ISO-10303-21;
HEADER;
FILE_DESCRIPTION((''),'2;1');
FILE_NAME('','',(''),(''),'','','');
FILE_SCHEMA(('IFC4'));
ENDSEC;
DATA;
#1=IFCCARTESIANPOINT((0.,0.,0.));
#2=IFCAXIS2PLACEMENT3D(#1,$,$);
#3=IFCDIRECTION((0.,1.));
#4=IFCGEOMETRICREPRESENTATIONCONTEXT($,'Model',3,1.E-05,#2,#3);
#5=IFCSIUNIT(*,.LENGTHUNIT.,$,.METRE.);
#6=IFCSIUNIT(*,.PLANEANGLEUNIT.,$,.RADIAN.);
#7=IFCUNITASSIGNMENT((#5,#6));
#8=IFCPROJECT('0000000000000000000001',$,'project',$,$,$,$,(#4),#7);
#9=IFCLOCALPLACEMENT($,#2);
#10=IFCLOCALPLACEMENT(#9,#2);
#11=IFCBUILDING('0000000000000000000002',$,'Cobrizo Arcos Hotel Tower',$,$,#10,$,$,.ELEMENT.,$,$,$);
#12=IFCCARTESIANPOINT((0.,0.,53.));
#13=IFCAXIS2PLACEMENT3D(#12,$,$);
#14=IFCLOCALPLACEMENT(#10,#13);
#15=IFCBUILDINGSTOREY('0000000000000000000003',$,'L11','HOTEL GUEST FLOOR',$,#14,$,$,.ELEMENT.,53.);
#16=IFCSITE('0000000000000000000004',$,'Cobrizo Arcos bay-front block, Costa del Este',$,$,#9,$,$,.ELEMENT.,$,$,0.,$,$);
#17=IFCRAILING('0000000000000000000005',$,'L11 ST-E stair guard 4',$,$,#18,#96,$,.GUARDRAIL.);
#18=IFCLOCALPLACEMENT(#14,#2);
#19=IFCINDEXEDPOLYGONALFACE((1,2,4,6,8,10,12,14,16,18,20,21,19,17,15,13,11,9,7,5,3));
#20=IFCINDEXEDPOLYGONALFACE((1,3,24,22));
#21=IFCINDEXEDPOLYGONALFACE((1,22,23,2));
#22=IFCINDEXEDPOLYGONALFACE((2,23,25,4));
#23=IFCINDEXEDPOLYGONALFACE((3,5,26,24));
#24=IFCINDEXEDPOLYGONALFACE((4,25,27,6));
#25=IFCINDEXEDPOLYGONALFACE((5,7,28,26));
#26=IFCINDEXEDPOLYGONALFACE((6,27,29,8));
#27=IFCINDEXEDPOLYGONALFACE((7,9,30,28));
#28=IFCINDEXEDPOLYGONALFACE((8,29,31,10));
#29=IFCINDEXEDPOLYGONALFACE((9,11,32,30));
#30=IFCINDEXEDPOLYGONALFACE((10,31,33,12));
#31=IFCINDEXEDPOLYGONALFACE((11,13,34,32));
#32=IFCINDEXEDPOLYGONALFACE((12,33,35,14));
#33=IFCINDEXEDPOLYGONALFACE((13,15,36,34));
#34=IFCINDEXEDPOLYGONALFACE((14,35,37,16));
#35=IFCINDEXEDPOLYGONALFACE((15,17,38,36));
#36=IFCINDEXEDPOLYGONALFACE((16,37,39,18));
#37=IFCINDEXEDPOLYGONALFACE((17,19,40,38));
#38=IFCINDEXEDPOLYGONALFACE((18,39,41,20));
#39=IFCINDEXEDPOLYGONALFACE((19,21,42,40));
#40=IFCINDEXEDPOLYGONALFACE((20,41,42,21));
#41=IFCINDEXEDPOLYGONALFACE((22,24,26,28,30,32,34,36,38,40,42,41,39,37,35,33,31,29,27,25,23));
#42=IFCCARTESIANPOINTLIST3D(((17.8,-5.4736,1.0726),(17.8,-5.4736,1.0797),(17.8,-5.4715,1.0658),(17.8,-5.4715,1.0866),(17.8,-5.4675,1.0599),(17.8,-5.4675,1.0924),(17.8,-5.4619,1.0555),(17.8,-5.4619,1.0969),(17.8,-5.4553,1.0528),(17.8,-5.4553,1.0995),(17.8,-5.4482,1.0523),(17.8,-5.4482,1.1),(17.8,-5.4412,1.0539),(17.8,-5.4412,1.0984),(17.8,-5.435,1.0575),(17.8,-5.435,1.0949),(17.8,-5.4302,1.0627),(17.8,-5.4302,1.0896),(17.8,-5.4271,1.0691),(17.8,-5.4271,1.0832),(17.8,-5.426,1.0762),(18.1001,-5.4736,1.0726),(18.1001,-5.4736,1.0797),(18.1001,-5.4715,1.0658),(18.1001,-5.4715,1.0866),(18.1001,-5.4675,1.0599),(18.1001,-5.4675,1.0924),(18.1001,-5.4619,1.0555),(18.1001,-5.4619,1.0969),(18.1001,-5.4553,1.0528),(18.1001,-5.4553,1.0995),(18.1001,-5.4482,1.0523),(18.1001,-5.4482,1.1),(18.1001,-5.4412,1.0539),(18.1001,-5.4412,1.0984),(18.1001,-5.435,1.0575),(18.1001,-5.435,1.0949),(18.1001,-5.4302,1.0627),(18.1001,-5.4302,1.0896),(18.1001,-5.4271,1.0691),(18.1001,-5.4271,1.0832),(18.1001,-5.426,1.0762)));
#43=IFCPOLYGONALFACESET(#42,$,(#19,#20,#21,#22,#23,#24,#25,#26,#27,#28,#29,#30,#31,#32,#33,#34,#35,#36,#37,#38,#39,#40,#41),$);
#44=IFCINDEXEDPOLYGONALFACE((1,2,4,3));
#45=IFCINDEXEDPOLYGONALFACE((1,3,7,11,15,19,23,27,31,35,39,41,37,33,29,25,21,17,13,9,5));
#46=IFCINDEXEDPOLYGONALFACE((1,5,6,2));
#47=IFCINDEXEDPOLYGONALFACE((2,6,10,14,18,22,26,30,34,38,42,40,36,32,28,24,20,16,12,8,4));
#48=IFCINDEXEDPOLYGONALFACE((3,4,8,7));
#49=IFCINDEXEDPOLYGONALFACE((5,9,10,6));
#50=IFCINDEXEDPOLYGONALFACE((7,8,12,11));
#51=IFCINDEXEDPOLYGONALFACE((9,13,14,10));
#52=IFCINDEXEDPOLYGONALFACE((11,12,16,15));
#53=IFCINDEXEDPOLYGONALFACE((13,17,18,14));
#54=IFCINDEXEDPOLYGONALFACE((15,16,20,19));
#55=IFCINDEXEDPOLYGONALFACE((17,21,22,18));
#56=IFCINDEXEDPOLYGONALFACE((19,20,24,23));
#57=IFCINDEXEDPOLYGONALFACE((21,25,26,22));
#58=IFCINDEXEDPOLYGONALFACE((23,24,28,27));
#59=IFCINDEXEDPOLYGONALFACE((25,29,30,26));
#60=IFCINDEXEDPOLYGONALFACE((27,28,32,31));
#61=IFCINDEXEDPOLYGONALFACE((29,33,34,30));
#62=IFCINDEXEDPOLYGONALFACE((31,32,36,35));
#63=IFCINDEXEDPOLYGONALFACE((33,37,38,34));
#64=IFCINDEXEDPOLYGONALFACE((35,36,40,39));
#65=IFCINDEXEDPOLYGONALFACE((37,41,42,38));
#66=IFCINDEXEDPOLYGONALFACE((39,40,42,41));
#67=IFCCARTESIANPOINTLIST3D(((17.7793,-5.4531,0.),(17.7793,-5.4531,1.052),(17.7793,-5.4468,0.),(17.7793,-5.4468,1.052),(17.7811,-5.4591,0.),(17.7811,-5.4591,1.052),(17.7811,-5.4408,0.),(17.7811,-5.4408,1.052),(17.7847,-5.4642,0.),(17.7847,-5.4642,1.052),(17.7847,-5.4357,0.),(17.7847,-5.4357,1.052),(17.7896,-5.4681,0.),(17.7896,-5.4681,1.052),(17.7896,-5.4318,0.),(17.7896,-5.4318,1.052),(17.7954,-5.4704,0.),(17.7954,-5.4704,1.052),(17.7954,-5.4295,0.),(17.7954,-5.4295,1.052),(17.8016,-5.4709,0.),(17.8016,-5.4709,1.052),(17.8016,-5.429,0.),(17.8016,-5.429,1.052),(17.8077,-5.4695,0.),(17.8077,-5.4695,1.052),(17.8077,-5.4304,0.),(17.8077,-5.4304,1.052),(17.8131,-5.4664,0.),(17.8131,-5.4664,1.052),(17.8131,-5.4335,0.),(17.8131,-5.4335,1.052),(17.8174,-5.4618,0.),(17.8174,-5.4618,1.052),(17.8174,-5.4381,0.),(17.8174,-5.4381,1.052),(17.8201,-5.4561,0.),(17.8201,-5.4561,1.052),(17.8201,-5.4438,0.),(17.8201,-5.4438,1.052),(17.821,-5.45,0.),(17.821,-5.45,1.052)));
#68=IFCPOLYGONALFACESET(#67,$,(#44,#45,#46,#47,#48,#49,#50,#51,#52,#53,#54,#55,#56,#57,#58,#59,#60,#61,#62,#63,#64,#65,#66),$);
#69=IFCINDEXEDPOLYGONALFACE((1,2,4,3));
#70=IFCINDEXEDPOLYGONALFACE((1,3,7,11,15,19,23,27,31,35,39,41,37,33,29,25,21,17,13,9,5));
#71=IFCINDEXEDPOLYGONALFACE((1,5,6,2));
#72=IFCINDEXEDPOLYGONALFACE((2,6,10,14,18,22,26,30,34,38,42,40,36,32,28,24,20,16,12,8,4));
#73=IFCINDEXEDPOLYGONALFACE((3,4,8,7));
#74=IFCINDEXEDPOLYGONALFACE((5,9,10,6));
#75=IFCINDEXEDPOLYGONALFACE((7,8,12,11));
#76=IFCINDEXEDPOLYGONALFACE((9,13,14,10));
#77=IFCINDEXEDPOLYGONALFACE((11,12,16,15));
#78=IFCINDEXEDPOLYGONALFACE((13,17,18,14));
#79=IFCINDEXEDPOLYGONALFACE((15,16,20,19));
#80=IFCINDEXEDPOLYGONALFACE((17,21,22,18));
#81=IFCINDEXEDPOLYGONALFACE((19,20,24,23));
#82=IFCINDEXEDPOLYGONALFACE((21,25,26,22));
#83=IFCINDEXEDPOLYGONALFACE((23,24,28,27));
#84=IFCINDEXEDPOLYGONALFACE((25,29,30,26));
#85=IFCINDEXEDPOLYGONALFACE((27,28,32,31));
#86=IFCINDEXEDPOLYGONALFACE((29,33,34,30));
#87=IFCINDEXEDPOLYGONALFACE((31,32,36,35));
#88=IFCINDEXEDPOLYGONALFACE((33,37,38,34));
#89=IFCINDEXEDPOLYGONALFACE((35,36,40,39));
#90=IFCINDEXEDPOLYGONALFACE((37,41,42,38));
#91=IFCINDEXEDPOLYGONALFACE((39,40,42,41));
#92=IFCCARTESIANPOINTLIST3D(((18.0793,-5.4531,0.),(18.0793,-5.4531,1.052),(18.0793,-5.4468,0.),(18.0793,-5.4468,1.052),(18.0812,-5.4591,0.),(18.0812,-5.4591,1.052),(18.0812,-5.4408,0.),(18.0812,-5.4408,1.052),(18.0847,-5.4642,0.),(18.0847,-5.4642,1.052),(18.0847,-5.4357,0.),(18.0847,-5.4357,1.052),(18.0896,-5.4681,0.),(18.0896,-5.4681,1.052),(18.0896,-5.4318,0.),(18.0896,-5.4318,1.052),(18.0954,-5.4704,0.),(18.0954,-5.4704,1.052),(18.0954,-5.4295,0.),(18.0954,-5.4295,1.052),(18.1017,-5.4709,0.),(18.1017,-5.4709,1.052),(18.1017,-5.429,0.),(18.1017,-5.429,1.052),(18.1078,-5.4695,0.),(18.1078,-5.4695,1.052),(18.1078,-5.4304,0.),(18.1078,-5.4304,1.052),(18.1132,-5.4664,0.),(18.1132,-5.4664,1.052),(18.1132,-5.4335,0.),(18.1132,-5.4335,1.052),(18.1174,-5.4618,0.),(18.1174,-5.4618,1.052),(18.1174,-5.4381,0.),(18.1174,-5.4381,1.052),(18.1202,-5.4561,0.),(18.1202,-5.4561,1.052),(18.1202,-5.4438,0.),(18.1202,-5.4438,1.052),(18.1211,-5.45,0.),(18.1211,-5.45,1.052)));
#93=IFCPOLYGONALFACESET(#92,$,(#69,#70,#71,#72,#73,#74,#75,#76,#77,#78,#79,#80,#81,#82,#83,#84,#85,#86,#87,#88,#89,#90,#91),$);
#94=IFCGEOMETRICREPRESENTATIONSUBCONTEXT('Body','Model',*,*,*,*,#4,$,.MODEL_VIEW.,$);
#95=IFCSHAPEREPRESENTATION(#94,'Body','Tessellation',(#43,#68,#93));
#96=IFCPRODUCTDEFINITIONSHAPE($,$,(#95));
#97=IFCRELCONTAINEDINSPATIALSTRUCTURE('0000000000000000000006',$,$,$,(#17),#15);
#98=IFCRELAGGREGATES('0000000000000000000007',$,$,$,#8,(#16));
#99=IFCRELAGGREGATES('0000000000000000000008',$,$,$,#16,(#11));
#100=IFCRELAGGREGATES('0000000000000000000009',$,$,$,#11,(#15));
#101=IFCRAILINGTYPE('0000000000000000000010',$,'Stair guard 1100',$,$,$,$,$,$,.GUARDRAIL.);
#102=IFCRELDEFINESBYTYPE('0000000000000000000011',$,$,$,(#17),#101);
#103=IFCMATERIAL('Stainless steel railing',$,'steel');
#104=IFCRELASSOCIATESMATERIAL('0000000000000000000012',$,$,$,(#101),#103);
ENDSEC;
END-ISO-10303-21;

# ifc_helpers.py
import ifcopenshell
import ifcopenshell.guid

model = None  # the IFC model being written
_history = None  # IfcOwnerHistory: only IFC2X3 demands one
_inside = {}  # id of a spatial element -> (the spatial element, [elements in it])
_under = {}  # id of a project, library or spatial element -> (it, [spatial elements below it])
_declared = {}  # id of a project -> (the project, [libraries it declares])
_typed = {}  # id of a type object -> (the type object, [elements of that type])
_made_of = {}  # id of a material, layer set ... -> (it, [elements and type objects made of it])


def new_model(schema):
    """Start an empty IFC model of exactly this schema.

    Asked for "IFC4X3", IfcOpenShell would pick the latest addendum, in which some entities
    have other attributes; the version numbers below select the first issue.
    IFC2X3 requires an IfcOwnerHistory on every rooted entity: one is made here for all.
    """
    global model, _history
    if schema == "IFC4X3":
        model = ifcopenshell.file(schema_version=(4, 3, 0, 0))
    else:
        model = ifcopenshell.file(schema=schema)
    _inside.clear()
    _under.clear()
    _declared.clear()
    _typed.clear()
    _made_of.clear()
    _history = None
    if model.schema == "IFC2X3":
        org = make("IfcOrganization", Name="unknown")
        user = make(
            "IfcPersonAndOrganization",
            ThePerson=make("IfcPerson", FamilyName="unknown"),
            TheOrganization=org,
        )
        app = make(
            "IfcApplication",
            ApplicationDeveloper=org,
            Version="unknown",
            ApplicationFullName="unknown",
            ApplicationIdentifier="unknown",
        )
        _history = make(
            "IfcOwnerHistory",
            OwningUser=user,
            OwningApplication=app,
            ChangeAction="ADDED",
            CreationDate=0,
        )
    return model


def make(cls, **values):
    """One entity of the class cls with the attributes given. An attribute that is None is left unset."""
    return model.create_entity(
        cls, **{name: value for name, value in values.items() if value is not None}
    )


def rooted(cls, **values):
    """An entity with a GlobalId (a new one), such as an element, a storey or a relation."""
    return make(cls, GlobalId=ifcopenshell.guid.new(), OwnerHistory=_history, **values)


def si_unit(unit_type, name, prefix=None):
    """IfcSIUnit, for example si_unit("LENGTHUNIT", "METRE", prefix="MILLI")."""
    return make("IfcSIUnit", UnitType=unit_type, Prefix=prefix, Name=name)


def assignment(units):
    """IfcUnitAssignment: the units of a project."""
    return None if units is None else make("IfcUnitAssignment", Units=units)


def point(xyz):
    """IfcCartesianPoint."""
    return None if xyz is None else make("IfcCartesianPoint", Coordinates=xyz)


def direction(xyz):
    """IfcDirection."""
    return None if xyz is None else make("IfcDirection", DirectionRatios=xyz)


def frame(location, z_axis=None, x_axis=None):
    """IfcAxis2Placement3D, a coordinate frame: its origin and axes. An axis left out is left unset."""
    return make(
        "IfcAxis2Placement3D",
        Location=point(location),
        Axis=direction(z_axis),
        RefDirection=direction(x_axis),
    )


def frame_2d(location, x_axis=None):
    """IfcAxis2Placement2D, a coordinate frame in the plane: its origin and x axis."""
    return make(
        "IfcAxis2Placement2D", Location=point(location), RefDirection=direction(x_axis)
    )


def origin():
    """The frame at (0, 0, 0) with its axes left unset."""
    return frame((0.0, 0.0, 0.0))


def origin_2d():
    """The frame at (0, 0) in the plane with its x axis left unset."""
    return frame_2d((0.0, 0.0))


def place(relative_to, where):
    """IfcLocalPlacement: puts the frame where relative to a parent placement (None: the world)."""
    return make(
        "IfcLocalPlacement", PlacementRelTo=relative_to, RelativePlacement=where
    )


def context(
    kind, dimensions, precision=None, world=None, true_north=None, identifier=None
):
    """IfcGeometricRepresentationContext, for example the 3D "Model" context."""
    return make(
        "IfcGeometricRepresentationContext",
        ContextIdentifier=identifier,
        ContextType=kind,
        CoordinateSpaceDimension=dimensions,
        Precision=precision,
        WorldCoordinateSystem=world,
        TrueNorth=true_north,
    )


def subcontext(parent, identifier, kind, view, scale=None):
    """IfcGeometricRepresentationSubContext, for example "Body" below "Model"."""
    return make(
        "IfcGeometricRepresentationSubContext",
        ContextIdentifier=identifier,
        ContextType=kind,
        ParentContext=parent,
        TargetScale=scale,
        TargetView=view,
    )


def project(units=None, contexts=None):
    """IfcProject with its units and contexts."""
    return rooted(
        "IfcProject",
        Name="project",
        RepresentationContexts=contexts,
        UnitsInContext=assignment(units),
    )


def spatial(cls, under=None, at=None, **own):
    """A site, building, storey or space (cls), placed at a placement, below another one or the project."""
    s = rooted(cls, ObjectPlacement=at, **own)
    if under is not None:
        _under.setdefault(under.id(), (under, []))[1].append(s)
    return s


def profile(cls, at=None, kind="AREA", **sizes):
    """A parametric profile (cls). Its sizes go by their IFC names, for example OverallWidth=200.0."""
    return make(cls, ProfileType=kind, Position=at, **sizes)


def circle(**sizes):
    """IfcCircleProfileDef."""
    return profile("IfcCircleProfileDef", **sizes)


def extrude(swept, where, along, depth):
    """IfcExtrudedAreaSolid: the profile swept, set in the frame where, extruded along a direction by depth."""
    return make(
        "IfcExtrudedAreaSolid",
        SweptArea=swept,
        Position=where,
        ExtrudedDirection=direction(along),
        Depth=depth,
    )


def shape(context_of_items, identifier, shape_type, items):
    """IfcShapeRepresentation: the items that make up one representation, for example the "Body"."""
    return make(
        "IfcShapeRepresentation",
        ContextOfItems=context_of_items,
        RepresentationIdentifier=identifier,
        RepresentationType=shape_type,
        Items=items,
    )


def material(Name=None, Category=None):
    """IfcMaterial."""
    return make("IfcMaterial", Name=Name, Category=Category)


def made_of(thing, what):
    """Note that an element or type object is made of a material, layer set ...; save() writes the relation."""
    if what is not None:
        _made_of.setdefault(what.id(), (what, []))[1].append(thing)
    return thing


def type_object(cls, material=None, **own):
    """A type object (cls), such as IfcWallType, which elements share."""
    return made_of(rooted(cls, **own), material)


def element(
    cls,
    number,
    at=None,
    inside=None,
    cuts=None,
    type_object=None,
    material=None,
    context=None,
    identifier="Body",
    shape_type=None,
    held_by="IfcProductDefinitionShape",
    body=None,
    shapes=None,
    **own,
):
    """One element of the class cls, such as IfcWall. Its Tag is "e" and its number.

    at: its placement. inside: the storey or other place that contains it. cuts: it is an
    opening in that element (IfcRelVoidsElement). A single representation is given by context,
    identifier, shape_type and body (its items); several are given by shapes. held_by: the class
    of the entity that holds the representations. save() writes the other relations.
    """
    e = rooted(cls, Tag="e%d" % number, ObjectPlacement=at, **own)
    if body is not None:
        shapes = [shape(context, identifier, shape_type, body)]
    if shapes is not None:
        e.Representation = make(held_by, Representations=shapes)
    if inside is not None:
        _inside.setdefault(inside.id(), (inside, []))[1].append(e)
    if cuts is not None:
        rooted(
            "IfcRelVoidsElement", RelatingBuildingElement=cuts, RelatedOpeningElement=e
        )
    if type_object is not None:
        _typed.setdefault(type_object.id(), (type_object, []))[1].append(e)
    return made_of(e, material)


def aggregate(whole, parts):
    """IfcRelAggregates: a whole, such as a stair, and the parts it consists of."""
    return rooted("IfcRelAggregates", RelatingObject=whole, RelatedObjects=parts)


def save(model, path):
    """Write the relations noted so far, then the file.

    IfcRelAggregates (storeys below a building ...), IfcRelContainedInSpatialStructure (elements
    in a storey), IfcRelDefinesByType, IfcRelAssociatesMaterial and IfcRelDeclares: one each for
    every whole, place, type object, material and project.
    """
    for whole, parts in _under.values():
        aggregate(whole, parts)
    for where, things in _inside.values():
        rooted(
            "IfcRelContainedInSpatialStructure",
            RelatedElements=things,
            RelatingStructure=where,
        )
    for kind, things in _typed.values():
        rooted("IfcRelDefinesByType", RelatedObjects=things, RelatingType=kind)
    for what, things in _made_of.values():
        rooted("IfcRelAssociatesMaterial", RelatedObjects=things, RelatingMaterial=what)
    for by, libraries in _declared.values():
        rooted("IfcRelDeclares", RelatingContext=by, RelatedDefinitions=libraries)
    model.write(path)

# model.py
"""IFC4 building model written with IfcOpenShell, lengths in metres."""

from ifc_helpers import new_model, si_unit, direction, frame, origin, origin_2d, place, context, subcontext, project, spatial, circle, extrude, material, type_object, element, save


model = new_model("IFC4")

# Units and contexts
model_context = context("Model", 3, precision=1e-05, world=origin(), true_north=direction((0.0, 1.0)))
body_context = subcontext(model_context, "Body", "Model", "MODEL_VIEW")
ifc_project = project(units=[si_unit("LENGTHUNIT", "METRE"), si_unit("PLANEANGLEUNIT", "RADIAN")], contexts=[model_context])

# Site, building, storey
site_placement = place(None, origin())
site = spatial("IfcSite", under=ifc_project, at=site_placement, Name="Cobrizo Arcos bay-front block, Costa del Este", CompositionType="ELEMENT", RefElevation=0.0)
building_placement = place(site_placement, origin())
building = spatial("IfcBuilding", under=site, at=building_placement, Name="Cobrizo Arcos Hotel Tower", CompositionType="ELEMENT")
storey_placement = place(building_placement, frame((0.0, 0.0, 53.0)))
storey = spatial("IfcBuildingStorey", under=building, at=storey_placement, Name="L11", Description="HOTEL GUEST FLOOR", CompositionType="ELEMENT", Elevation=53.0)

# Railing
ifc_material_1 = material(Name="Stainless steel railing", Category="steel")
railing_type_1 = type_object("IfcRailingType", Name="Stair guard 1100", PredefinedType="GUARDRAIL", material=ifc_material_1)
railing_1_placement = place(storey_placement, frame((17.8, -5.45, 0.0)))
element("IfcRailing", 1, at=railing_1_placement, inside=storey, type_object=railing_type_1, Name="L11 ST-E stair guard 4", PredefinedType="GUARDRAIL", context=body_context, shape_type="SweptSolid", body=[
    extrude(circle(Radius=0.0239, at=origin_2d()), frame((0.0, 0.0, 1.0762), z_axis=(1.0, 0.0, 0.0), x_axis=(0.0, 1.0, 0.0)), (0.0, 0.0, 1.0), 0.3),
    extrude(circle(Radius=0.021, at=origin_2d()), origin(), (0.0, 0.0, 1.0), 1.052),
    extrude(circle(Radius=0.021, at=origin_2d()), frame((0.3, 0.0, 0.0)), (0.0, 0.0, 1.0), 1.052),
])

save(model, "model.ifc")
